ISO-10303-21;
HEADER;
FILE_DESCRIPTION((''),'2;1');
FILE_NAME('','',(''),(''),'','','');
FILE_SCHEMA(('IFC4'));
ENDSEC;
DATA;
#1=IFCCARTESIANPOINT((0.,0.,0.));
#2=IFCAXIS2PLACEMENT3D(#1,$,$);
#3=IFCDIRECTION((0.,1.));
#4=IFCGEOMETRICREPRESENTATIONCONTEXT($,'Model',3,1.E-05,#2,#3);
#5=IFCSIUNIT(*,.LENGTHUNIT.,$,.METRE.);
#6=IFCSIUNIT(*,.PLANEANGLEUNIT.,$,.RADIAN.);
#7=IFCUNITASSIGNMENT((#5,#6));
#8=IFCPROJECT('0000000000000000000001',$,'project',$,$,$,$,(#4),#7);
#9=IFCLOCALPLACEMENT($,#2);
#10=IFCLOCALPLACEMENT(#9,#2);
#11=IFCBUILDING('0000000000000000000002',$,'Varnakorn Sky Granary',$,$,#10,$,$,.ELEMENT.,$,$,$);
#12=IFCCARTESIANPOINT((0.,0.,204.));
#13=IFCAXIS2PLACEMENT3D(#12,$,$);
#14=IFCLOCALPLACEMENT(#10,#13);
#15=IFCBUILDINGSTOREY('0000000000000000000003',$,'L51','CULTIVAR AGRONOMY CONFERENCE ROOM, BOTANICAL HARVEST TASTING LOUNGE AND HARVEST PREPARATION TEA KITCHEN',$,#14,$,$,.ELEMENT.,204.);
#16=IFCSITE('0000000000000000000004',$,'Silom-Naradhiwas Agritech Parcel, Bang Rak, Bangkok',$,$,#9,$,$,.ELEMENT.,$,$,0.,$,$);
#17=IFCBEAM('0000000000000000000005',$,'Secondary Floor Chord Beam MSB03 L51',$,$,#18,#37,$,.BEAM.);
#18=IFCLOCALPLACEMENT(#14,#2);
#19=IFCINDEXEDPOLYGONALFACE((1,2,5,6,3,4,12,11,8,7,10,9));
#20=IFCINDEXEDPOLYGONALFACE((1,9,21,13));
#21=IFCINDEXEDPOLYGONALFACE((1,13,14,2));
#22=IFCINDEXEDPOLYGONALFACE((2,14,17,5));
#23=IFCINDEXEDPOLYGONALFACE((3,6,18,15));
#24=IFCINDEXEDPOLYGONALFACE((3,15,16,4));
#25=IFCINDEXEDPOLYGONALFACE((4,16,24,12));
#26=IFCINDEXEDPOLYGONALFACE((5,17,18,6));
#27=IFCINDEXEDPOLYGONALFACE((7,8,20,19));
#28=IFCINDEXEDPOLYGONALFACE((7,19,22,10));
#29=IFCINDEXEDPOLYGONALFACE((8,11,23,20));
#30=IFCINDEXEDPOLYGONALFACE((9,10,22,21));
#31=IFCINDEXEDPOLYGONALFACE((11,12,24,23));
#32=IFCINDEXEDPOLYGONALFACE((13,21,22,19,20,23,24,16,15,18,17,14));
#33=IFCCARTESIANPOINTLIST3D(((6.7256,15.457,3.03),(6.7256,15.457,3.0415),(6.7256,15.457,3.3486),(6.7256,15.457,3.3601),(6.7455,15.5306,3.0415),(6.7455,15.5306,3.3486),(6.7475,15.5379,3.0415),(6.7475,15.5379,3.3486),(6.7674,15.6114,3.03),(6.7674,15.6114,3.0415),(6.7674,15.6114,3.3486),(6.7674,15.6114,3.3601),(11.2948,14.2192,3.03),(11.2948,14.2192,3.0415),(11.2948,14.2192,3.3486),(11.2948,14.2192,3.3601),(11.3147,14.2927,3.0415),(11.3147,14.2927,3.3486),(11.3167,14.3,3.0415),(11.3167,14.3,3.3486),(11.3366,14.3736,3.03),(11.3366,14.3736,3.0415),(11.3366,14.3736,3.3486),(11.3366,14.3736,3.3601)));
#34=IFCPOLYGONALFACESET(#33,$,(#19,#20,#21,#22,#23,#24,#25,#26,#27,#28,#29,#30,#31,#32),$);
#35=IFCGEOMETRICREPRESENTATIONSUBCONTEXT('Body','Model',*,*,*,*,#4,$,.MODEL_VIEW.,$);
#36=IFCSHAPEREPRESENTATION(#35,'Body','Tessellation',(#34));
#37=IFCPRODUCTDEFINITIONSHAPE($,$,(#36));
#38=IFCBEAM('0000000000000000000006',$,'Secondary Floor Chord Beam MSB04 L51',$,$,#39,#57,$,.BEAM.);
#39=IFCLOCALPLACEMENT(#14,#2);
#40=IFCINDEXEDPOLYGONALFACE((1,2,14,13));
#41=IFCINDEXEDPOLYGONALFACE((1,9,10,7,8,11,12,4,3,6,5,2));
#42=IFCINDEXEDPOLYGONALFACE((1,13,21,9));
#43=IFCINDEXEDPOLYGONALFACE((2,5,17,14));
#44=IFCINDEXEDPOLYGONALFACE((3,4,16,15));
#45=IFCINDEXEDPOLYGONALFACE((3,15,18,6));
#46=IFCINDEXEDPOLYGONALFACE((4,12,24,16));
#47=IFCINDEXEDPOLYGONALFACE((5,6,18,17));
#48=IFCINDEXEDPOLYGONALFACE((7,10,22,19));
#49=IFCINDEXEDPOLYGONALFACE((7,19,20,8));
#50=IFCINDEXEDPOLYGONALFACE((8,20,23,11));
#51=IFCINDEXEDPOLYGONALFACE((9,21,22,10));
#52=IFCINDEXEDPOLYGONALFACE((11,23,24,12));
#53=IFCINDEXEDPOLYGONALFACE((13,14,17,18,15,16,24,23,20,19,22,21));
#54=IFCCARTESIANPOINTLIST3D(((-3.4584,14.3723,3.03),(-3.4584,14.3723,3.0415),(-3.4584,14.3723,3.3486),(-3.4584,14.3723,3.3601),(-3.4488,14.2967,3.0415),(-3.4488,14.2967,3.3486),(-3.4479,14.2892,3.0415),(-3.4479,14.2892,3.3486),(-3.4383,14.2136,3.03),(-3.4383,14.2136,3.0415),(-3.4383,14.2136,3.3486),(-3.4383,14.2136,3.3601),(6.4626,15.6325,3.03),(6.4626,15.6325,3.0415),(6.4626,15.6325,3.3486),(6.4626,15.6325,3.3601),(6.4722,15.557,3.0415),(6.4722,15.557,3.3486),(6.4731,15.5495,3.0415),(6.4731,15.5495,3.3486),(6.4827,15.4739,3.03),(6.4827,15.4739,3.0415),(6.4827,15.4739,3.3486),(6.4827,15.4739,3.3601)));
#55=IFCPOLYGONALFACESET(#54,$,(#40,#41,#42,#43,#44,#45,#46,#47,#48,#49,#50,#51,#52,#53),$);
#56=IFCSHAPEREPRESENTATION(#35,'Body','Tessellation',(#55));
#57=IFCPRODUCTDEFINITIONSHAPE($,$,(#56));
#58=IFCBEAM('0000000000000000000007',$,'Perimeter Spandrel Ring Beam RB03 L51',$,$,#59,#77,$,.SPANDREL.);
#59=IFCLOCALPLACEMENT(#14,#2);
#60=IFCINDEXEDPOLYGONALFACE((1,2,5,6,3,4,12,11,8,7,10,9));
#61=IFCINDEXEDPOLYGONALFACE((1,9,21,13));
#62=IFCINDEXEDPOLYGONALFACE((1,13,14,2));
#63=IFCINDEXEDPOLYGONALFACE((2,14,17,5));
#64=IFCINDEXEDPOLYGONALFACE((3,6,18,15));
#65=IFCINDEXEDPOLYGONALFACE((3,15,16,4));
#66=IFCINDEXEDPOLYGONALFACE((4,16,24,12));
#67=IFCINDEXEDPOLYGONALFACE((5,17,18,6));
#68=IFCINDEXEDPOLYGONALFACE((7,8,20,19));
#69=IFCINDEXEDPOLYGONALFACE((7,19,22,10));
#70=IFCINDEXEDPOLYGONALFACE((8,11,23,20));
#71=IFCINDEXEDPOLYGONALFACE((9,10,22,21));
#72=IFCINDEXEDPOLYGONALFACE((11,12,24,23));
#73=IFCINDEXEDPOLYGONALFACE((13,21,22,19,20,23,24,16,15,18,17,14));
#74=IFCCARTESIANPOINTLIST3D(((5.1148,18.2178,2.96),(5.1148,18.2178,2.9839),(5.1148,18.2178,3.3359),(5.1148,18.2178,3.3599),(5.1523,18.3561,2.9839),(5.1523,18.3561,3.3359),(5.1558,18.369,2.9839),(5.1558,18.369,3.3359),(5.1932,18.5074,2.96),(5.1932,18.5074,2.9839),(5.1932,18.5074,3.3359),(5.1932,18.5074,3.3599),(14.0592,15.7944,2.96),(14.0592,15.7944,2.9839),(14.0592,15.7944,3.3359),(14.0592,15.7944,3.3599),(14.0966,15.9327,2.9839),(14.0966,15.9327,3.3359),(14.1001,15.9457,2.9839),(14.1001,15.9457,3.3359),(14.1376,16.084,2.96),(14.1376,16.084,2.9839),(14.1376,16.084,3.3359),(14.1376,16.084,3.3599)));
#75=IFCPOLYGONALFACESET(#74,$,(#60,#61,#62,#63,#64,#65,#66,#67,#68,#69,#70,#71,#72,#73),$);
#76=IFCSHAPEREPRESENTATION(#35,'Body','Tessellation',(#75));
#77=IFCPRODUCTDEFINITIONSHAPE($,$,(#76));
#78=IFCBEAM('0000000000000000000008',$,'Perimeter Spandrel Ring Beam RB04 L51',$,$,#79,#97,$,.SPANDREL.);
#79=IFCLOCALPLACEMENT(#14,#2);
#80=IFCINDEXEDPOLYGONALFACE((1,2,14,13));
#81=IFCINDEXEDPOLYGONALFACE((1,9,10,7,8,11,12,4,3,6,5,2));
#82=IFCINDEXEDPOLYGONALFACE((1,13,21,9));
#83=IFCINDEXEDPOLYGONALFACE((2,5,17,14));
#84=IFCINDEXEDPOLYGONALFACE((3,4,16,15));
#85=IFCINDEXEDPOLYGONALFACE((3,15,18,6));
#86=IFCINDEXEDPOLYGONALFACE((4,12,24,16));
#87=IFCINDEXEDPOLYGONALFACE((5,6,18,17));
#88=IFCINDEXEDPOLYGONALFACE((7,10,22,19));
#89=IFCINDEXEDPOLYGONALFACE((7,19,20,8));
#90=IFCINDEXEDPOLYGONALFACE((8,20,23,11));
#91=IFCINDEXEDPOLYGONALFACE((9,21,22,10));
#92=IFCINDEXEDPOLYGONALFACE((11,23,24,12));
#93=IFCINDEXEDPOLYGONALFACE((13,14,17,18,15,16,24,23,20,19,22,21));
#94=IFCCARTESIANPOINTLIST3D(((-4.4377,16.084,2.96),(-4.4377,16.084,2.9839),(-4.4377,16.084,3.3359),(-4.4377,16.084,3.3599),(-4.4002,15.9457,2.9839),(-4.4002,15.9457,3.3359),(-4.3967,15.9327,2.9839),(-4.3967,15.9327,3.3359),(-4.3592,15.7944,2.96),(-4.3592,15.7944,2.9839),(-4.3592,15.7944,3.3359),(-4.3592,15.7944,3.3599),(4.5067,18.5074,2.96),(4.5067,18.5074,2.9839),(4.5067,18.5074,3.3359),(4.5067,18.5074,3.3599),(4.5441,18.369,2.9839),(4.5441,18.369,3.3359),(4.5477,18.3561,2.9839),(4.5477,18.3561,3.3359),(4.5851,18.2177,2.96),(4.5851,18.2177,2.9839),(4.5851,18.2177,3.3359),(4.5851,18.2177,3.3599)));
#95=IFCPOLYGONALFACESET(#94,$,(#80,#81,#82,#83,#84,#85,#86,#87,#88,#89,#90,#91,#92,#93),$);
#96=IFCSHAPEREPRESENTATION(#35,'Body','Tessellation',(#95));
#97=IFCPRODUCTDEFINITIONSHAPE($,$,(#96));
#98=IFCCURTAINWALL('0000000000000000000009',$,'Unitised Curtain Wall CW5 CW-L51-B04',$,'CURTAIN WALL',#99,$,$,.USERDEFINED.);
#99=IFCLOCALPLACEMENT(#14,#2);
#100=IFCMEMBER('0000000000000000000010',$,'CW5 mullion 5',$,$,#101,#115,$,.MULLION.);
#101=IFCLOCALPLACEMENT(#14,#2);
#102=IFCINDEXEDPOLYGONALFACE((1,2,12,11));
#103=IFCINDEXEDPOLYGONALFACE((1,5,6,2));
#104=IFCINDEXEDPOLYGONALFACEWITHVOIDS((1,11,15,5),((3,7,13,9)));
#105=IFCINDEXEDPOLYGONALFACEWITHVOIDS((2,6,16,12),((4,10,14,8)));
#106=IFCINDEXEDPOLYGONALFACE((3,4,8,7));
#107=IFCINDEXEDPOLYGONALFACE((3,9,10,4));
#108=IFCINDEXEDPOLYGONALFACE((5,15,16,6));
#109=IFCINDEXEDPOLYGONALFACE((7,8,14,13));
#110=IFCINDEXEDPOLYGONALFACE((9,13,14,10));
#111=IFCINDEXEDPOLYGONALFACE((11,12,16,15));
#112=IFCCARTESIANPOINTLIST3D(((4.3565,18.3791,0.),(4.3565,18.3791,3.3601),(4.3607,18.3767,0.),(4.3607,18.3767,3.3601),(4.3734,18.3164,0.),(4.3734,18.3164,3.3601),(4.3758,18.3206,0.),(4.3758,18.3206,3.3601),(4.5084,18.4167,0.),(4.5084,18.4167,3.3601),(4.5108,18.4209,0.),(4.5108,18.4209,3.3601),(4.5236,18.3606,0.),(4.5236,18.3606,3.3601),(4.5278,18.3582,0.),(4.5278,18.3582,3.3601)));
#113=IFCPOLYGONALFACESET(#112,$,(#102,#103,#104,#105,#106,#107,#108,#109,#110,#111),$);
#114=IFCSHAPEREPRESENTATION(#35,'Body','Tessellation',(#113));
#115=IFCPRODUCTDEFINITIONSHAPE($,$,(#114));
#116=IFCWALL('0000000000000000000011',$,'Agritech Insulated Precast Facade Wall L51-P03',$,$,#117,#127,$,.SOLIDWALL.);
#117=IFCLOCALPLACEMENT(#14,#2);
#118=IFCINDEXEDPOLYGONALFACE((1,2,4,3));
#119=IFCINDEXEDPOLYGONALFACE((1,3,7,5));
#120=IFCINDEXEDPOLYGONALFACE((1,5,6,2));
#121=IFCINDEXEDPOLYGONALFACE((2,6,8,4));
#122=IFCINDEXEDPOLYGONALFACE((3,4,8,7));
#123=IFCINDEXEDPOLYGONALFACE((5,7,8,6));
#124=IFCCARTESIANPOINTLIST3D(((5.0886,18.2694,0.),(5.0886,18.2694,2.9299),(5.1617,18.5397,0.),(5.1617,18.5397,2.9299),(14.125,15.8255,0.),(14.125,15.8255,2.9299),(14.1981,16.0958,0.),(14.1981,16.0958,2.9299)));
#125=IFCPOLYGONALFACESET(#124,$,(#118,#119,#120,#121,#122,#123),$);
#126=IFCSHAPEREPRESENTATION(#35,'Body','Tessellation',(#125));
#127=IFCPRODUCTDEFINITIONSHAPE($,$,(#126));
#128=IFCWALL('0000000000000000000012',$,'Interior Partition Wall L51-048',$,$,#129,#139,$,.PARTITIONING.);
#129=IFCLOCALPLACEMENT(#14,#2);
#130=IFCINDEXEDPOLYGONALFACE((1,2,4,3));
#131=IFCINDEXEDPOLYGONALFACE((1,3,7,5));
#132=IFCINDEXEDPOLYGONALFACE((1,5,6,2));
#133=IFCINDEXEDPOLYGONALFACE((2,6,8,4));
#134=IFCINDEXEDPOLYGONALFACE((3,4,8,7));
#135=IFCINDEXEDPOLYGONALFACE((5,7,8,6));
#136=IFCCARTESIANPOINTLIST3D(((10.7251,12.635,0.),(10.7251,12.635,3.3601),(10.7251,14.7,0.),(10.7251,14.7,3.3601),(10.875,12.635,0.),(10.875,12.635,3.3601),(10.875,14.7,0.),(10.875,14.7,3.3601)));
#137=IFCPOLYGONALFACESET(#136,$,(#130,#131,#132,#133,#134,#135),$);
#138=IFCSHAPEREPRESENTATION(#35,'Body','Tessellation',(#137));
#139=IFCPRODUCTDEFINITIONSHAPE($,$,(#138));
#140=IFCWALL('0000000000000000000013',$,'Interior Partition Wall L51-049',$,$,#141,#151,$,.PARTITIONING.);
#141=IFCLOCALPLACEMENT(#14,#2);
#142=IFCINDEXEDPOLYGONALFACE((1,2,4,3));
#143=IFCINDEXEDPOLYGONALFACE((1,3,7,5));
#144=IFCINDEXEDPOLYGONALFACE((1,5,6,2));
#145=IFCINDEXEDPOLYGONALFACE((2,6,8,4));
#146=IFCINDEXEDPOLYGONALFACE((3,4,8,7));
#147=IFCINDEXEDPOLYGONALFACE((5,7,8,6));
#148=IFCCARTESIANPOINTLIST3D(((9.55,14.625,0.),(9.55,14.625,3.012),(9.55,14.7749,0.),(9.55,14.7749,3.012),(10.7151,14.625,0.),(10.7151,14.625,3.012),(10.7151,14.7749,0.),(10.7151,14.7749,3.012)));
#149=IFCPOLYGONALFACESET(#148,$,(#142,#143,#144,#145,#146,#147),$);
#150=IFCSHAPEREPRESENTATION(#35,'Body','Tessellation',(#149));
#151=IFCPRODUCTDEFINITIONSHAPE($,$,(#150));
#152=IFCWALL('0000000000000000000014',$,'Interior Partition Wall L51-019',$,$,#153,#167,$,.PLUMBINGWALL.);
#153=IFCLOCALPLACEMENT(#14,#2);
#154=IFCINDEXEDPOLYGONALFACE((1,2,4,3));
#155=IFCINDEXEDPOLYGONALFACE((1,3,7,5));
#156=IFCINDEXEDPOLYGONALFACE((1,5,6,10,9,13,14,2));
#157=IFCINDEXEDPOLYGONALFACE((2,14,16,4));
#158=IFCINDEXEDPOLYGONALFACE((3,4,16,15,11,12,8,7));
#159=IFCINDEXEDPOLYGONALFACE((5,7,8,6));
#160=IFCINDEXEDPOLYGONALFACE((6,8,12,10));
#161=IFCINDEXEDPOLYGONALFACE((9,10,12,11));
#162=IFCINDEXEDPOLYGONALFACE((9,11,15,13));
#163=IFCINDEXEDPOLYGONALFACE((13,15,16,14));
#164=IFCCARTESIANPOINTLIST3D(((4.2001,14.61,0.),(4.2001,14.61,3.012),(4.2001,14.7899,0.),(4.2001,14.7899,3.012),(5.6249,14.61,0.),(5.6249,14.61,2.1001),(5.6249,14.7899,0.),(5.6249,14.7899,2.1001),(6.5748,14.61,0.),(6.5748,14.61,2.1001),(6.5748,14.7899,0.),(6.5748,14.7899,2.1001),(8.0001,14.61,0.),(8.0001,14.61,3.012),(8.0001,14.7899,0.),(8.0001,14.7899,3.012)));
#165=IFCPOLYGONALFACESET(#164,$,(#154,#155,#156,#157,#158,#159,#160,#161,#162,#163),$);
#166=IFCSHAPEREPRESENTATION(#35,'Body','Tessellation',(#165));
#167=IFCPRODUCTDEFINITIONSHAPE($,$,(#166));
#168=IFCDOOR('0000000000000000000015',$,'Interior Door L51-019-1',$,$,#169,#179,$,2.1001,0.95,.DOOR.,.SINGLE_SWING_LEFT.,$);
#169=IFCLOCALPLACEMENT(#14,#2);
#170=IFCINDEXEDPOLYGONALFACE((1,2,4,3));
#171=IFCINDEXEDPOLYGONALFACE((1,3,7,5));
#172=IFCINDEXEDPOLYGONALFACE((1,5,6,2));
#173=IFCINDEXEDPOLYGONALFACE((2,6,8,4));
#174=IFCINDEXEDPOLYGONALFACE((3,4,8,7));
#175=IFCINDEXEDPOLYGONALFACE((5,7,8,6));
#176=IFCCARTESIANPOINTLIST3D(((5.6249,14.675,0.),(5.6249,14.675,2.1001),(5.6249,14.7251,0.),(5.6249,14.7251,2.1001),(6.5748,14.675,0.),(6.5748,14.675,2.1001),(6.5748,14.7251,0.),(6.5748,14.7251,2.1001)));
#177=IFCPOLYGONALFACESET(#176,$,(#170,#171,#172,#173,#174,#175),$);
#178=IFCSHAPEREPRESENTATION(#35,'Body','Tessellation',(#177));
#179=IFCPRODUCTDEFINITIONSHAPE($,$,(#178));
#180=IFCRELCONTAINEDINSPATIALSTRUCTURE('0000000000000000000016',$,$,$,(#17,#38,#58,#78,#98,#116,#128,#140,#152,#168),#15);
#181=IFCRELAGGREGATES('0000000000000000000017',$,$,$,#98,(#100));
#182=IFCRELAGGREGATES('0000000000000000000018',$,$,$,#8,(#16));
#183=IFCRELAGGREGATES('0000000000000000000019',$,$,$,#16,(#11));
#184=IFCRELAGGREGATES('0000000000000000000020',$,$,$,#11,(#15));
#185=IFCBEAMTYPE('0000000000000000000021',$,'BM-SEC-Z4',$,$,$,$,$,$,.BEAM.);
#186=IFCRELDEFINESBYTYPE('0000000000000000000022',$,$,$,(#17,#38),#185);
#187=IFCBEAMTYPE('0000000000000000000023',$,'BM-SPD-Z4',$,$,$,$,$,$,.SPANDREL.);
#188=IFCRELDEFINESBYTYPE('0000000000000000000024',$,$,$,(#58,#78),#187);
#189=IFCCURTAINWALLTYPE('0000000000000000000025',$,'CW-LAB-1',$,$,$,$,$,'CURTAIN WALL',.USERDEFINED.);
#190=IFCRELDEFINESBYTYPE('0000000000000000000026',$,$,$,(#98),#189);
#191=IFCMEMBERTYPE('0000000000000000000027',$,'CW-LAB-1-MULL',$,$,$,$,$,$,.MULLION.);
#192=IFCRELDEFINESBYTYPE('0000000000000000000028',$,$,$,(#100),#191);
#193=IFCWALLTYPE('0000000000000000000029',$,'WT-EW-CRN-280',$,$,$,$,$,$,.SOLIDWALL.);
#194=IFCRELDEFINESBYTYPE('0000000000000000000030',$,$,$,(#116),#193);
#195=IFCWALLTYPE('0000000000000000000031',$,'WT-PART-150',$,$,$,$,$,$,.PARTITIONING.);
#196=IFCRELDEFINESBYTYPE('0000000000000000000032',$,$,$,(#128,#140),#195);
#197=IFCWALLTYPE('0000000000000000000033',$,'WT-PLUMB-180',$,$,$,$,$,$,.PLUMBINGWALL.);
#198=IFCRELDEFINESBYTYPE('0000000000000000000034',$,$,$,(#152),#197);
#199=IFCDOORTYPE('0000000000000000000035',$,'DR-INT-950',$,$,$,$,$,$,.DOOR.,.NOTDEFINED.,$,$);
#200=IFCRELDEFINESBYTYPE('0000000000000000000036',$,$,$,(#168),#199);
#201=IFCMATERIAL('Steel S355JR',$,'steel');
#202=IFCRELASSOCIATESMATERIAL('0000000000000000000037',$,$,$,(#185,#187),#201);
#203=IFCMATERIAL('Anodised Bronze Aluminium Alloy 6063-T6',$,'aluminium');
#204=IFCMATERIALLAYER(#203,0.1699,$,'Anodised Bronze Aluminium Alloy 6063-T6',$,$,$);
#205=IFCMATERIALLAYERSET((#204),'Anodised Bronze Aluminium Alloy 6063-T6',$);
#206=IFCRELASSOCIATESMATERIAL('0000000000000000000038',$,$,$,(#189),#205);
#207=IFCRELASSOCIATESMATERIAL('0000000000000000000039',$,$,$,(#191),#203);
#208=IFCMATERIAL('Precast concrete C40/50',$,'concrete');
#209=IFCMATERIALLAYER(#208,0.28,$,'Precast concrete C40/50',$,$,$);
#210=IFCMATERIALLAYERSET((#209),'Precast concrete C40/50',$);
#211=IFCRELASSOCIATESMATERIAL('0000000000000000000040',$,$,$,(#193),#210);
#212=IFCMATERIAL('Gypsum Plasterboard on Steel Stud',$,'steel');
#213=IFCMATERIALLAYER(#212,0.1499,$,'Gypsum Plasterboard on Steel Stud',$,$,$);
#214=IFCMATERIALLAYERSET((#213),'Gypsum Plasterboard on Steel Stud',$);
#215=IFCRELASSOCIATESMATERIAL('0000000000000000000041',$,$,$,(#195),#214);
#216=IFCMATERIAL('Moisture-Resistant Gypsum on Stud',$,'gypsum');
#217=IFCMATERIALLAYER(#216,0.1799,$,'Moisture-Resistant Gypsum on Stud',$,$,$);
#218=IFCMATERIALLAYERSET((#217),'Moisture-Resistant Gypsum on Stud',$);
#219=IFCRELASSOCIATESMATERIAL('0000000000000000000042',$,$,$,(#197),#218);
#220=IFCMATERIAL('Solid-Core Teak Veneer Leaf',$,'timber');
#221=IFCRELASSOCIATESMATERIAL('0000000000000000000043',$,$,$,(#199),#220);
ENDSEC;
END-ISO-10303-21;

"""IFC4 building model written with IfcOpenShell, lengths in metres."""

from ifc_helpers import new_model, si_unit, direction, frame, frame_2d, origin, origin_2d, place, context, subcontext, project, spatial, rectangle, hollow_rectangle, i_section, extrude, material, layer, layer_set, material_profile, profile_set, type_object, element, fill, aggregate, save


model = new_model("IFC4")

# Units and contexts
model_context = context("Model", 3, precision=1e-05, world=origin(), true_north=direction((0.0, 1.0)))
body_context = subcontext(model_context, "Body", "Model", "MODEL_VIEW")
ifc_project = project(units=[si_unit("LENGTHUNIT", "METRE"), si_unit("PLANEANGLEUNIT", "RADIAN")], contexts=[model_context])

# Site, building, storey
site_placement = place(None, origin())
site = spatial("IfcSite", under=ifc_project, at=site_placement, Name="Silom-Naradhiwas Agritech Parcel, Bang Rak, Bangkok", CompositionType="ELEMENT", RefElevation=0.0)
building_placement = place(site_placement, origin())
building = spatial("IfcBuilding", under=site, at=building_placement, Name="Varnakorn Sky Granary", CompositionType="ELEMENT")
storey_placement = place(building_placement, frame((0.0, 0.0, 204.0)))
storey = spatial("IfcBuildingStorey", under=building, at=storey_placement, Name="L51", Description="CULTIVAR AGRONOMY CONFERENCE ROOM, BOTANICAL HARVEST TASTING LOUNGE AND HARVEST PREPARATION TEA KITCHEN", CompositionType="ELEMENT", Elevation=204.0)

# Beams
ifc_material_1 = material(Name="Steel S355JR", Category="steel")
ifc_material_profile_1 = material_profile(ifc_material_1, i_section(OverallWidth=0.1599, OverallDepth=0.3301, WebThickness=0.0076, FlangeThickness=0.0115, at=origin_2d()), Name="IPE 330")
ifc_profile_set_1 = profile_set([ifc_material_profile_1], Name="Steel S355JR")
beam_type_1 = type_object("IfcBeamType", Name="BM-SEC-Z4", PredefinedType="BEAM", material=ifc_profile_set_1)
beam_1_placement = place(storey_placement, frame((11.3157, 14.2964, 3.1951), z_axis=(-0.965209, 0.261481, 0.0), x_axis=(-0.261481, -0.965209, 0.0)))
element("IfcBeam", 1, at=beam_1_placement, inside=storey, type_object=beam_type_1, Name="Secondary Floor Chord Beam MSB03 L51", PredefinedType="BEAM", context=body_context, shape_type="SweptSolid", body=[
    extrude(i_section(OverallWidth=0.1599, OverallDepth=0.3301, WebThickness=0.0076, FlangeThickness=0.0115, at=origin_2d()), origin(), (0.0, 0.0, 1.0), 4.7339),
])
beam_2_placement = place(storey_placement, frame((6.4727, 15.5532, 3.1951), z_axis=(-0.992028, -0.126018, 0.0), x_axis=(0.126018, -0.992028, 0.0)))
element("IfcBeam", 2, at=beam_2_placement, inside=storey, type_object=beam_type_1, Name="Secondary Floor Chord Beam MSB04 L51", PredefinedType="BEAM", context=body_context, shape_type="SweptSolid", body=[
    extrude(i_section(OverallWidth=0.1599, OverallDepth=0.3301, WebThickness=0.0076, FlangeThickness=0.0115, at=origin_2d()), origin(), (0.0, 0.0, 1.0), 10.0007),
])
ifc_material_profile_2 = material_profile(ifc_material_1, i_section(OverallWidth=0.3, OverallDepth=0.3999, WebThickness=0.0134, FlangeThickness=0.0239, at=origin_2d()), Name="HE 400 B")
ifc_profile_set_2 = profile_set([ifc_material_profile_2], Name="Steel S355JR")
beam_type_2 = type_object("IfcBeamType", Name="BM-SPD-Z4", PredefinedType="SPANDREL", material=ifc_profile_set_2)
for number, where, z_axis, x_axis, name in (
    (3, (14.0984, 15.9392, 3.1599), (-0.965201, 0.261508, 0.0), (-0.261508, -0.965201, 0.0), "Perimeter Spandrel Ring Beam RB03 L51"),
    (4, (4.5459, 18.3625, 3.1599), (-0.965201, -0.261508, 0.0), (0.261508, -0.965201, 0.0), "Perimeter Spandrel Ring Beam RB04 L51"),
):
    element("IfcBeam", number, at=place(storey_placement, frame(where, z_axis=z_axis, x_axis=x_axis)), inside=storey, type_object=beam_type_2, Name=name, PredefinedType="SPANDREL", context=body_context, shape_type="SweptSolid", body=[
        extrude(i_section(OverallWidth=0.3, OverallDepth=0.3999, WebThickness=0.0134, FlangeThickness=0.0239, at=origin_2d()), origin(), (0.0, 0.0, 1.0), 9.2668),
    ])

# Curtain wall, member
ifc_material_2 = material(Name="Anodised Bronze Aluminium Alloy 6063-T6", Category="aluminium")
ifc_layer_1 = layer(ifc_material_2, 0.1699, Name="Anodised Bronze Aluminium Alloy 6063-T6")
ifc_layer_set_1 = layer_set([ifc_layer_1], Name="Anodised Bronze Aluminium Alloy 6063-T6")
curtain_wall_type = type_object("IfcCurtainWallType", Name="CW-LAB-1", ElementType="CURTAIN WALL", PredefinedType="USERDEFINED", material=ifc_layer_set_1)
curtain_wall_placement = place(storey_placement, origin())
curtain_wall = element("IfcCurtainWall", 5, at=curtain_wall_placement, inside=storey, type_object=curtain_wall_type, Name="Unitised Curtain Wall CW5 CW-L51-B04", ObjectType="CURTAIN WALL", PredefinedType="USERDEFINED")
ifc_material_profile_3 = material_profile(ifc_material_2, hollow_rectangle(XDim=0.0649, YDim=0.1599, WallThickness=0.0034, at=origin_2d()), Name="ALU MULL 65x160")
ifc_profile_set_3 = profile_set([ifc_material_profile_3], Name="Anodised Bronze Aluminium Alloy 6063-T6")
member_type = type_object("IfcMemberType", Name="CW-LAB-1-MULL", PredefinedType="MULLION", material=ifc_profile_set_3)
member_placement = place(storey_placement, frame((4.4421, 18.3687, 0.0), z_axis=(0.0, 0.0, 1.0), x_axis=(-0.261069, 0.96532, 0.0)))
member = element("IfcMember", 6, at=member_placement, type_object=member_type, Name="CW5 mullion 5", PredefinedType="MULLION", context=body_context, shape_type="SweptSolid", body=[
    extrude(hollow_rectangle(XDim=0.0649, YDim=0.1599, WallThickness=0.0034, at=origin_2d()), origin(), (0.0, 0.0, 1.0), 3.3601),
])
aggregate(curtain_wall, [member])

# Walls
ifc_material_3 = material(Name="Precast concrete C40/50", Category="concrete")
ifc_layer_2 = layer(ifc_material_3, 0.28, Name="Precast concrete C40/50")
ifc_layer_set_2 = layer_set([ifc_layer_2], Name="Precast concrete C40/50")
wall_type_1 = type_object("IfcWallType", Name="WT-EW-CRN-280", PredefinedType="SOLIDWALL", material=ifc_layer_set_2)
wall_1_placement = place(storey_placement, frame((5.125, 18.4045, 0.0), z_axis=(0.0, 0.0, 1.0), x_axis=(0.965321, -0.261067, 0.0)))
element("IfcWall", 7, at=wall_1_placement, inside=storey, type_object=wall_type_1, Name="Agritech Insulated Precast Facade Wall L51-P03", PredefinedType="SOLIDWALL", context=body_context, shape_type="SweptSolid", body=[
    extrude(rectangle(XDim=9.3611, YDim=0.28, at=frame_2d((4.6807, 0.0))), origin(), (0.0, 0.0, 1.0), 2.9299),
])
ifc_material_4 = material(Name="Gypsum Plasterboard on Steel Stud", Category="steel")
ifc_layer_3 = layer(ifc_material_4, 0.1499, Name="Gypsum Plasterboard on Steel Stud")
ifc_layer_set_3 = layer_set([ifc_layer_3], Name="Gypsum Plasterboard on Steel Stud")
wall_type_2 = type_object("IfcWallType", Name="WT-PART-150", PredefinedType="PARTITIONING", material=ifc_layer_set_3)
wall_2_placement = place(storey_placement, frame((10.8, 12.635, 0.0), z_axis=(0.0, 0.0, 1.0), x_axis=(0.0, 1.0, 0.0)))
element("IfcWall", 8, at=wall_2_placement, inside=storey, type_object=wall_type_2, Name="Interior Partition Wall L51-048", PredefinedType="PARTITIONING", context=body_context, shape_type="SweptSolid", body=[
    extrude(rectangle(XDim=2.0649, YDim=0.1499, at=frame_2d((1.0325, 0.0))), origin(), (0.0, 0.0, 1.0), 3.3601),
])
wall_3_placement = place(storey_placement, frame((10.7151, 14.7, 0.0), z_axis=(0.0, 0.0, 1.0), x_axis=(-1.0, 0.0, 0.0)))
element("IfcWall", 9, at=wall_3_placement, inside=storey, type_object=wall_type_2, Name="Interior Partition Wall L51-049", PredefinedType="PARTITIONING", context=body_context, shape_type="SweptSolid", body=[
    extrude(rectangle(XDim=1.165, YDim=0.1499, at=frame_2d((0.5825, 0.0))), origin(), (0.0, 0.0, 1.0), 3.012),
])

# Wall, opening, door
ifc_material_5 = material(Name="Moisture-Resistant Gypsum on Stud", Category="gypsum")
ifc_layer_4 = layer(ifc_material_5, 0.1799, Name="Moisture-Resistant Gypsum on Stud")
ifc_layer_set_4 = layer_set([ifc_layer_4], Name="Moisture-Resistant Gypsum on Stud")
wall_type_3 = type_object("IfcWallType", Name="WT-PLUMB-180", PredefinedType="PLUMBINGWALL", material=ifc_layer_set_4)
wall_4_placement = place(storey_placement, frame((8.0, 14.7, 0.0), z_axis=(0.0, 0.0, 1.0), x_axis=(-1.0, 0.0, 0.0)))
wall_4 = element("IfcWall", 10, at=wall_4_placement, inside=storey, type_object=wall_type_3, Name="Interior Partition Wall L51-019", PredefinedType="PLUMBINGWALL", context=body_context, shape_type="SweptSolid", body=[
    extrude(rectangle(XDim=3.8, YDim=0.1799, at=frame_2d((1.8999, 0.0))), origin(), (0.0, 0.0, 1.0), 3.012),
])
opening_placement = place(wall_4_placement, frame((1.425, 0.0, 0.0)))
opening = element("IfcOpeningElement", 11, at=opening_placement, cuts=wall_4, PredefinedType="OPENING", context=body_context, shape_type="SweptSolid", body=[
    extrude(rectangle(XDim=0.95, YDim=2.1001, at=frame_2d((0.4751, 1.05))), frame((0.0, 0.1001, 0.0), z_axis=(0.0, -1.0, 0.0), x_axis=(1.0, 0.0, 0.0)), (0.0, 0.0, 1.0), 0.2),
])
ifc_material_6 = material(Name="Solid-Core Teak Veneer Leaf", Category="timber")
door_type = type_object("IfcDoorType", Name="DR-INT-950", OperationType="NOTDEFINED", PredefinedType="DOOR", material=ifc_material_6)
door_placement = place(opening_placement, origin())
door = element("IfcDoor", 12, at=door_placement, inside=storey, type_object=door_type, Name="Interior Door L51-019-1", OperationType="SINGLE_SWING_LEFT", OverallHeight=2.1001, OverallWidth=0.95, PredefinedType="DOOR", context=body_context, shape_type="SweptSolid", body=[
    extrude(rectangle(XDim=0.95, YDim=2.1001, at=frame_2d((0.4751, 1.05))), frame((0.0, 0.0249, 0.0), z_axis=(0.0, -1.0, 0.0), x_axis=(1.0, 0.0, 0.0)), (0.0, 0.0, 1.0), 0.05),
])
fill(opening, door)

save(model, "model.ifc")
